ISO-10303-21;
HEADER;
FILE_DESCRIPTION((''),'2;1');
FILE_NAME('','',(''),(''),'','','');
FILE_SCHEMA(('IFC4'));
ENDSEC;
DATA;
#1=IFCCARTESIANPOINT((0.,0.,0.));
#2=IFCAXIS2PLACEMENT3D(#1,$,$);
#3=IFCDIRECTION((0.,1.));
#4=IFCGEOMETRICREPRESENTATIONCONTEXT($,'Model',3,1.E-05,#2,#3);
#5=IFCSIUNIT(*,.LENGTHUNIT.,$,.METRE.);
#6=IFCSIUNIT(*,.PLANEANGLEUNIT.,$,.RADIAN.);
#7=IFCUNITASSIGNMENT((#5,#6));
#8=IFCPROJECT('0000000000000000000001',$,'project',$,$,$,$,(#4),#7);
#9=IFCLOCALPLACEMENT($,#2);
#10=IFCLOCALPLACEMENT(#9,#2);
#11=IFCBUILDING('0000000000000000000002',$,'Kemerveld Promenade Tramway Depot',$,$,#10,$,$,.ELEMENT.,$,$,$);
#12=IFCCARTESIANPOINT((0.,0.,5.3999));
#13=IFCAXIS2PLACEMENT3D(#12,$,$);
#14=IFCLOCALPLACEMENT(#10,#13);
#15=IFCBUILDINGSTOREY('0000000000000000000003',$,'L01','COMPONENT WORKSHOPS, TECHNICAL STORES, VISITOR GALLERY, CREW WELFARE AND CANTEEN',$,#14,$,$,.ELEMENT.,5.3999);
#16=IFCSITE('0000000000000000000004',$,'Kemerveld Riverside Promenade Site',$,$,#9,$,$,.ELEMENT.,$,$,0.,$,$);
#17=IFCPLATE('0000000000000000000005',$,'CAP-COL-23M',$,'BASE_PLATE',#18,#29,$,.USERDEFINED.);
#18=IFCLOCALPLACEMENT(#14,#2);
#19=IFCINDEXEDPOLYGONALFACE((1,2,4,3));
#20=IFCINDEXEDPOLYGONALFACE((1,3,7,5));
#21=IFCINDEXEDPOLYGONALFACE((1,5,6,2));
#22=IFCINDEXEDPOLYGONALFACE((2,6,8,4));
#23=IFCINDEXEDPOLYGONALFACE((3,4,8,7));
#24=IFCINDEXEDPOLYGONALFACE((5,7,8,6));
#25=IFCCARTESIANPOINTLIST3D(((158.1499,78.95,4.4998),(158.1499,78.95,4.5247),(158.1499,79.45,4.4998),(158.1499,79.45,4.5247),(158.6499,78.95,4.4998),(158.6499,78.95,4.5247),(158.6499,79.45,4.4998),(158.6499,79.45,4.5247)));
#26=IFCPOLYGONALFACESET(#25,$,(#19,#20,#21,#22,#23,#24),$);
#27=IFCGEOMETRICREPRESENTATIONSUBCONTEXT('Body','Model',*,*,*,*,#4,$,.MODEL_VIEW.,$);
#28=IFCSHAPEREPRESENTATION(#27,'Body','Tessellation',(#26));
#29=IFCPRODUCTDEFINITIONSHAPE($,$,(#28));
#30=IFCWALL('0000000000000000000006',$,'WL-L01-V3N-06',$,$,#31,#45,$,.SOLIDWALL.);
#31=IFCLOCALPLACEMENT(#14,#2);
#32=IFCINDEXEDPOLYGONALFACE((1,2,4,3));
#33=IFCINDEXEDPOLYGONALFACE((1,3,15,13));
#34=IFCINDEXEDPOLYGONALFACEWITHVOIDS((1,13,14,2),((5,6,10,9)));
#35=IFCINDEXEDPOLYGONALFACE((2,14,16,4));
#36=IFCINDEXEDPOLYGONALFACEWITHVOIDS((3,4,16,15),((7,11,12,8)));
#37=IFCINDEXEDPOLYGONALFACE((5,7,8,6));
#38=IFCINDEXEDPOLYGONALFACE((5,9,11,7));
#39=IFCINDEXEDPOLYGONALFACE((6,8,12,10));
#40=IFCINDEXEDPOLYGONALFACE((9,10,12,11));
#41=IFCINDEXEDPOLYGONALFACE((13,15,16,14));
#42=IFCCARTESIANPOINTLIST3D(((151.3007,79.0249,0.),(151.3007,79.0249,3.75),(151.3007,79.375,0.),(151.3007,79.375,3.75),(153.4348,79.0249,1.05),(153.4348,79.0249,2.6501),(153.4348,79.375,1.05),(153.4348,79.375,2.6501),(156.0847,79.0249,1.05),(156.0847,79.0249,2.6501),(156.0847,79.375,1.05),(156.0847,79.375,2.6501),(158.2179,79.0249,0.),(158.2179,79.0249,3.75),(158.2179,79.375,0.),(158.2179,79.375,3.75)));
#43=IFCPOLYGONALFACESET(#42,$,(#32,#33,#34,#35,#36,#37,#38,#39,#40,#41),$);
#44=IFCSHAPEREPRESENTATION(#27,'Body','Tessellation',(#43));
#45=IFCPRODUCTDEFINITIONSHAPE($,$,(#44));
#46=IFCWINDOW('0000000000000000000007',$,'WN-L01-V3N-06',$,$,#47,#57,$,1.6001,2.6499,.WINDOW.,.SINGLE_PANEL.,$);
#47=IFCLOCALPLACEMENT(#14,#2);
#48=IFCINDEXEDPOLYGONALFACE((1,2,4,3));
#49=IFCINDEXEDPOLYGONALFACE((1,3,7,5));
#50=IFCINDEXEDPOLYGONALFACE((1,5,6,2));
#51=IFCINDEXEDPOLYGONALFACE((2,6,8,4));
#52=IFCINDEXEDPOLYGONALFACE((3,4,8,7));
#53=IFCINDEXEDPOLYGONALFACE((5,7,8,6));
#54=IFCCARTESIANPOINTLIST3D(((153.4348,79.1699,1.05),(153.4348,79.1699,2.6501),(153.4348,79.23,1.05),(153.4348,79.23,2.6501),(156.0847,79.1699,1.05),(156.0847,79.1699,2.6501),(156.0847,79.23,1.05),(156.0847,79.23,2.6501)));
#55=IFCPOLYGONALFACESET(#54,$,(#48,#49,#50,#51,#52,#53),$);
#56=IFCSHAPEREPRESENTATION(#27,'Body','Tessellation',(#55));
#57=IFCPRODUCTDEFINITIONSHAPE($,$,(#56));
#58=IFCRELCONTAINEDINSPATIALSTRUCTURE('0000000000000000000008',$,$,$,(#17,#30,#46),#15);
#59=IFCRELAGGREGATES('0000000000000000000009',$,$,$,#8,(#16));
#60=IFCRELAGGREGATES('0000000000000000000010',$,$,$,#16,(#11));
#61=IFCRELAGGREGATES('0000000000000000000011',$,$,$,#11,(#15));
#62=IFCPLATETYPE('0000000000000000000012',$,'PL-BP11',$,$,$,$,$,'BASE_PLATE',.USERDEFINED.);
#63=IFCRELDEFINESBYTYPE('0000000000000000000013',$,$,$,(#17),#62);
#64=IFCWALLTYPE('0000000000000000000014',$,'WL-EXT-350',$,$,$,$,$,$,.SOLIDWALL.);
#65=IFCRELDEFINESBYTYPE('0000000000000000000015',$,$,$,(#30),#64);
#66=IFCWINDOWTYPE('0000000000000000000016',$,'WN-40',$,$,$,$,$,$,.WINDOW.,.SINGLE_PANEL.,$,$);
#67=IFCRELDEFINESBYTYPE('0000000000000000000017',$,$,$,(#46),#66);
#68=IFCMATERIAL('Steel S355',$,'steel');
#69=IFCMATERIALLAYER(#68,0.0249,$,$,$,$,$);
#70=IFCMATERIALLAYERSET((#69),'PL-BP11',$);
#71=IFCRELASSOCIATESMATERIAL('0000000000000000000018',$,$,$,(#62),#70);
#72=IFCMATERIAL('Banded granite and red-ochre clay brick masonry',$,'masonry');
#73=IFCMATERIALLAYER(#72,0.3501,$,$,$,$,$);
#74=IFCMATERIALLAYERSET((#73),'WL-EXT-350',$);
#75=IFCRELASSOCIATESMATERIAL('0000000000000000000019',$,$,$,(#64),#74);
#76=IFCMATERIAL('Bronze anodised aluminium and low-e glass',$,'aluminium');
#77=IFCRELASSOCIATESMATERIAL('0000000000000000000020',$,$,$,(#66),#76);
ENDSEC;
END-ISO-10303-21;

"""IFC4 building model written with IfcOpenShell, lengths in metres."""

from ifc_helpers import new_model, si_unit, direction, frame, frame_2d, origin, origin_2d, place, context, subcontext, project, spatial, rectangle, extrude, material, layer, layer_set, type_object, element, fill, save


model = new_model("IFC4")

# Units and contexts
model_context = context("Model", 3, precision=1e-05, world=origin(), true_north=direction((0.0, 1.0)))
body_context = subcontext(model_context, "Body", "Model", "MODEL_VIEW")
ifc_project = project(units=[si_unit("LENGTHUNIT", "METRE"), si_unit("PLANEANGLEUNIT", "RADIAN")], contexts=[model_context])

# Site, building, storey
site_placement = place(None, origin())
site = spatial("IfcSite", under=ifc_project, at=site_placement, Name="Kemerveld Riverside Promenade Site", CompositionType="ELEMENT", RefElevation=0.0)
building_placement = place(site_placement, origin())
building = spatial("IfcBuilding", under=site, at=building_placement, Name="Kemerveld Promenade Tramway Depot", CompositionType="ELEMENT")
storey_placement = place(building_placement, frame((0.0, 0.0, 5.3999)))
storey = spatial("IfcBuildingStorey", under=building, at=storey_placement, Name="L01", Description="COMPONENT WORKSHOPS, TECHNICAL STORES, VISITOR GALLERY, CREW WELFARE AND CANTEEN", CompositionType="ELEMENT", Elevation=5.3999)

# Shared definitions
ifc_material_1 = material(Name="Steel S355", Category="steel")

# Plate
ifc_layer_1 = layer(ifc_material_1, 0.0249)
ifc_layer_set_1 = layer_set([ifc_layer_1], Name="PL-BP11")
plate_type_1 = type_object("IfcPlateType", Name="PL-BP11", ElementType="BASE_PLATE", PredefinedType="USERDEFINED", material=ifc_layer_set_1)
plate_1_placement = place(storey_placement, frame((158.3999, 79.2, 4.4998), z_axis=(0.0, 0.0, 1.0), x_axis=(1.0, 0.0, 0.0)))
element("IfcPlate", 1, at=plate_1_placement, inside=storey, type_object=plate_type_1, Name="CAP-COL-23M", ObjectType="BASE_PLATE", PredefinedType="USERDEFINED", context=body_context, shape_type="SweptSolid", body=[
    extrude(rectangle(XDim=0.5, YDim=0.5, at=origin_2d()), origin(), (0.0, 0.0, 1.0), 0.0249),
])

# Wall, opening, window
ifc_material_2 = material(Name="Banded granite and red-ochre clay brick masonry", Category="masonry")
ifc_layer_2 = layer(ifc_material_2, 0.3501)
ifc_layer_set_2 = layer_set([ifc_layer_2], Name="WL-EXT-350")
wall_type = type_object("IfcWallType", Name="WL-EXT-350", PredefinedType="SOLIDWALL", material=ifc_layer_set_2)
wall_placement = place(storey_placement, frame((151.3008, 79.2, 0.0), z_axis=(0.0, 0.0, 1.0), x_axis=(1.0, 0.0, 0.0)))
wall = element("IfcWall", 2, at=wall_placement, inside=storey, type_object=wall_type, Name="WL-L01-V3N-06", PredefinedType="SOLIDWALL", context=body_context, shape_type="SweptSolid", body=[
    extrude(rectangle(XDim=6.9172, YDim=0.3501, at=frame_2d((3.4585, 0.0))), origin(), (0.0, 0.0, 1.0), 3.75),
])
opening_placement = place(wall_placement, frame((2.134, 0.0, 1.05)))
opening = element("IfcOpeningElement", 3, at=opening_placement, cuts=wall, PredefinedType="OPENING", context=body_context, shape_type="SweptSolid", body=[
    extrude(rectangle(XDim=2.6499, YDim=1.6001, at=frame_2d((1.325, 0.8))), frame((0.0, 0.1851, 0.0), z_axis=(0.0, -1.0, 0.0), x_axis=(1.0, 0.0, 0.0)), (0.0, 0.0, 1.0), 0.3701),
])
ifc_material_3 = material(Name="Bronze anodised aluminium and low-e glass", Category="aluminium")
window_type = type_object("IfcWindowType", Name="WN-40", PartitioningType="SINGLE_PANEL", PredefinedType="WINDOW", material=ifc_material_3)
window_placement = place(opening_placement, origin())
window = element("IfcWindow", 4, at=window_placement, inside=storey, type_object=window_type, Name="WN-L01-V3N-06", OverallHeight=1.6001, OverallWidth=2.6499, PartitioningType="SINGLE_PANEL", PredefinedType="WINDOW", context=body_context, shape_type="SweptSolid", body=[
    extrude(rectangle(XDim=2.6499, YDim=1.6001, at=frame_2d((1.325, 0.8))), frame((0.0, 0.03, 0.0), z_axis=(0.0, -1.0, 0.0), x_axis=(1.0, 0.0, 0.0)), (0.0, 0.0, 1.0), 0.0601),
])
fill(opening, window)

save(model, "model.ifc")
